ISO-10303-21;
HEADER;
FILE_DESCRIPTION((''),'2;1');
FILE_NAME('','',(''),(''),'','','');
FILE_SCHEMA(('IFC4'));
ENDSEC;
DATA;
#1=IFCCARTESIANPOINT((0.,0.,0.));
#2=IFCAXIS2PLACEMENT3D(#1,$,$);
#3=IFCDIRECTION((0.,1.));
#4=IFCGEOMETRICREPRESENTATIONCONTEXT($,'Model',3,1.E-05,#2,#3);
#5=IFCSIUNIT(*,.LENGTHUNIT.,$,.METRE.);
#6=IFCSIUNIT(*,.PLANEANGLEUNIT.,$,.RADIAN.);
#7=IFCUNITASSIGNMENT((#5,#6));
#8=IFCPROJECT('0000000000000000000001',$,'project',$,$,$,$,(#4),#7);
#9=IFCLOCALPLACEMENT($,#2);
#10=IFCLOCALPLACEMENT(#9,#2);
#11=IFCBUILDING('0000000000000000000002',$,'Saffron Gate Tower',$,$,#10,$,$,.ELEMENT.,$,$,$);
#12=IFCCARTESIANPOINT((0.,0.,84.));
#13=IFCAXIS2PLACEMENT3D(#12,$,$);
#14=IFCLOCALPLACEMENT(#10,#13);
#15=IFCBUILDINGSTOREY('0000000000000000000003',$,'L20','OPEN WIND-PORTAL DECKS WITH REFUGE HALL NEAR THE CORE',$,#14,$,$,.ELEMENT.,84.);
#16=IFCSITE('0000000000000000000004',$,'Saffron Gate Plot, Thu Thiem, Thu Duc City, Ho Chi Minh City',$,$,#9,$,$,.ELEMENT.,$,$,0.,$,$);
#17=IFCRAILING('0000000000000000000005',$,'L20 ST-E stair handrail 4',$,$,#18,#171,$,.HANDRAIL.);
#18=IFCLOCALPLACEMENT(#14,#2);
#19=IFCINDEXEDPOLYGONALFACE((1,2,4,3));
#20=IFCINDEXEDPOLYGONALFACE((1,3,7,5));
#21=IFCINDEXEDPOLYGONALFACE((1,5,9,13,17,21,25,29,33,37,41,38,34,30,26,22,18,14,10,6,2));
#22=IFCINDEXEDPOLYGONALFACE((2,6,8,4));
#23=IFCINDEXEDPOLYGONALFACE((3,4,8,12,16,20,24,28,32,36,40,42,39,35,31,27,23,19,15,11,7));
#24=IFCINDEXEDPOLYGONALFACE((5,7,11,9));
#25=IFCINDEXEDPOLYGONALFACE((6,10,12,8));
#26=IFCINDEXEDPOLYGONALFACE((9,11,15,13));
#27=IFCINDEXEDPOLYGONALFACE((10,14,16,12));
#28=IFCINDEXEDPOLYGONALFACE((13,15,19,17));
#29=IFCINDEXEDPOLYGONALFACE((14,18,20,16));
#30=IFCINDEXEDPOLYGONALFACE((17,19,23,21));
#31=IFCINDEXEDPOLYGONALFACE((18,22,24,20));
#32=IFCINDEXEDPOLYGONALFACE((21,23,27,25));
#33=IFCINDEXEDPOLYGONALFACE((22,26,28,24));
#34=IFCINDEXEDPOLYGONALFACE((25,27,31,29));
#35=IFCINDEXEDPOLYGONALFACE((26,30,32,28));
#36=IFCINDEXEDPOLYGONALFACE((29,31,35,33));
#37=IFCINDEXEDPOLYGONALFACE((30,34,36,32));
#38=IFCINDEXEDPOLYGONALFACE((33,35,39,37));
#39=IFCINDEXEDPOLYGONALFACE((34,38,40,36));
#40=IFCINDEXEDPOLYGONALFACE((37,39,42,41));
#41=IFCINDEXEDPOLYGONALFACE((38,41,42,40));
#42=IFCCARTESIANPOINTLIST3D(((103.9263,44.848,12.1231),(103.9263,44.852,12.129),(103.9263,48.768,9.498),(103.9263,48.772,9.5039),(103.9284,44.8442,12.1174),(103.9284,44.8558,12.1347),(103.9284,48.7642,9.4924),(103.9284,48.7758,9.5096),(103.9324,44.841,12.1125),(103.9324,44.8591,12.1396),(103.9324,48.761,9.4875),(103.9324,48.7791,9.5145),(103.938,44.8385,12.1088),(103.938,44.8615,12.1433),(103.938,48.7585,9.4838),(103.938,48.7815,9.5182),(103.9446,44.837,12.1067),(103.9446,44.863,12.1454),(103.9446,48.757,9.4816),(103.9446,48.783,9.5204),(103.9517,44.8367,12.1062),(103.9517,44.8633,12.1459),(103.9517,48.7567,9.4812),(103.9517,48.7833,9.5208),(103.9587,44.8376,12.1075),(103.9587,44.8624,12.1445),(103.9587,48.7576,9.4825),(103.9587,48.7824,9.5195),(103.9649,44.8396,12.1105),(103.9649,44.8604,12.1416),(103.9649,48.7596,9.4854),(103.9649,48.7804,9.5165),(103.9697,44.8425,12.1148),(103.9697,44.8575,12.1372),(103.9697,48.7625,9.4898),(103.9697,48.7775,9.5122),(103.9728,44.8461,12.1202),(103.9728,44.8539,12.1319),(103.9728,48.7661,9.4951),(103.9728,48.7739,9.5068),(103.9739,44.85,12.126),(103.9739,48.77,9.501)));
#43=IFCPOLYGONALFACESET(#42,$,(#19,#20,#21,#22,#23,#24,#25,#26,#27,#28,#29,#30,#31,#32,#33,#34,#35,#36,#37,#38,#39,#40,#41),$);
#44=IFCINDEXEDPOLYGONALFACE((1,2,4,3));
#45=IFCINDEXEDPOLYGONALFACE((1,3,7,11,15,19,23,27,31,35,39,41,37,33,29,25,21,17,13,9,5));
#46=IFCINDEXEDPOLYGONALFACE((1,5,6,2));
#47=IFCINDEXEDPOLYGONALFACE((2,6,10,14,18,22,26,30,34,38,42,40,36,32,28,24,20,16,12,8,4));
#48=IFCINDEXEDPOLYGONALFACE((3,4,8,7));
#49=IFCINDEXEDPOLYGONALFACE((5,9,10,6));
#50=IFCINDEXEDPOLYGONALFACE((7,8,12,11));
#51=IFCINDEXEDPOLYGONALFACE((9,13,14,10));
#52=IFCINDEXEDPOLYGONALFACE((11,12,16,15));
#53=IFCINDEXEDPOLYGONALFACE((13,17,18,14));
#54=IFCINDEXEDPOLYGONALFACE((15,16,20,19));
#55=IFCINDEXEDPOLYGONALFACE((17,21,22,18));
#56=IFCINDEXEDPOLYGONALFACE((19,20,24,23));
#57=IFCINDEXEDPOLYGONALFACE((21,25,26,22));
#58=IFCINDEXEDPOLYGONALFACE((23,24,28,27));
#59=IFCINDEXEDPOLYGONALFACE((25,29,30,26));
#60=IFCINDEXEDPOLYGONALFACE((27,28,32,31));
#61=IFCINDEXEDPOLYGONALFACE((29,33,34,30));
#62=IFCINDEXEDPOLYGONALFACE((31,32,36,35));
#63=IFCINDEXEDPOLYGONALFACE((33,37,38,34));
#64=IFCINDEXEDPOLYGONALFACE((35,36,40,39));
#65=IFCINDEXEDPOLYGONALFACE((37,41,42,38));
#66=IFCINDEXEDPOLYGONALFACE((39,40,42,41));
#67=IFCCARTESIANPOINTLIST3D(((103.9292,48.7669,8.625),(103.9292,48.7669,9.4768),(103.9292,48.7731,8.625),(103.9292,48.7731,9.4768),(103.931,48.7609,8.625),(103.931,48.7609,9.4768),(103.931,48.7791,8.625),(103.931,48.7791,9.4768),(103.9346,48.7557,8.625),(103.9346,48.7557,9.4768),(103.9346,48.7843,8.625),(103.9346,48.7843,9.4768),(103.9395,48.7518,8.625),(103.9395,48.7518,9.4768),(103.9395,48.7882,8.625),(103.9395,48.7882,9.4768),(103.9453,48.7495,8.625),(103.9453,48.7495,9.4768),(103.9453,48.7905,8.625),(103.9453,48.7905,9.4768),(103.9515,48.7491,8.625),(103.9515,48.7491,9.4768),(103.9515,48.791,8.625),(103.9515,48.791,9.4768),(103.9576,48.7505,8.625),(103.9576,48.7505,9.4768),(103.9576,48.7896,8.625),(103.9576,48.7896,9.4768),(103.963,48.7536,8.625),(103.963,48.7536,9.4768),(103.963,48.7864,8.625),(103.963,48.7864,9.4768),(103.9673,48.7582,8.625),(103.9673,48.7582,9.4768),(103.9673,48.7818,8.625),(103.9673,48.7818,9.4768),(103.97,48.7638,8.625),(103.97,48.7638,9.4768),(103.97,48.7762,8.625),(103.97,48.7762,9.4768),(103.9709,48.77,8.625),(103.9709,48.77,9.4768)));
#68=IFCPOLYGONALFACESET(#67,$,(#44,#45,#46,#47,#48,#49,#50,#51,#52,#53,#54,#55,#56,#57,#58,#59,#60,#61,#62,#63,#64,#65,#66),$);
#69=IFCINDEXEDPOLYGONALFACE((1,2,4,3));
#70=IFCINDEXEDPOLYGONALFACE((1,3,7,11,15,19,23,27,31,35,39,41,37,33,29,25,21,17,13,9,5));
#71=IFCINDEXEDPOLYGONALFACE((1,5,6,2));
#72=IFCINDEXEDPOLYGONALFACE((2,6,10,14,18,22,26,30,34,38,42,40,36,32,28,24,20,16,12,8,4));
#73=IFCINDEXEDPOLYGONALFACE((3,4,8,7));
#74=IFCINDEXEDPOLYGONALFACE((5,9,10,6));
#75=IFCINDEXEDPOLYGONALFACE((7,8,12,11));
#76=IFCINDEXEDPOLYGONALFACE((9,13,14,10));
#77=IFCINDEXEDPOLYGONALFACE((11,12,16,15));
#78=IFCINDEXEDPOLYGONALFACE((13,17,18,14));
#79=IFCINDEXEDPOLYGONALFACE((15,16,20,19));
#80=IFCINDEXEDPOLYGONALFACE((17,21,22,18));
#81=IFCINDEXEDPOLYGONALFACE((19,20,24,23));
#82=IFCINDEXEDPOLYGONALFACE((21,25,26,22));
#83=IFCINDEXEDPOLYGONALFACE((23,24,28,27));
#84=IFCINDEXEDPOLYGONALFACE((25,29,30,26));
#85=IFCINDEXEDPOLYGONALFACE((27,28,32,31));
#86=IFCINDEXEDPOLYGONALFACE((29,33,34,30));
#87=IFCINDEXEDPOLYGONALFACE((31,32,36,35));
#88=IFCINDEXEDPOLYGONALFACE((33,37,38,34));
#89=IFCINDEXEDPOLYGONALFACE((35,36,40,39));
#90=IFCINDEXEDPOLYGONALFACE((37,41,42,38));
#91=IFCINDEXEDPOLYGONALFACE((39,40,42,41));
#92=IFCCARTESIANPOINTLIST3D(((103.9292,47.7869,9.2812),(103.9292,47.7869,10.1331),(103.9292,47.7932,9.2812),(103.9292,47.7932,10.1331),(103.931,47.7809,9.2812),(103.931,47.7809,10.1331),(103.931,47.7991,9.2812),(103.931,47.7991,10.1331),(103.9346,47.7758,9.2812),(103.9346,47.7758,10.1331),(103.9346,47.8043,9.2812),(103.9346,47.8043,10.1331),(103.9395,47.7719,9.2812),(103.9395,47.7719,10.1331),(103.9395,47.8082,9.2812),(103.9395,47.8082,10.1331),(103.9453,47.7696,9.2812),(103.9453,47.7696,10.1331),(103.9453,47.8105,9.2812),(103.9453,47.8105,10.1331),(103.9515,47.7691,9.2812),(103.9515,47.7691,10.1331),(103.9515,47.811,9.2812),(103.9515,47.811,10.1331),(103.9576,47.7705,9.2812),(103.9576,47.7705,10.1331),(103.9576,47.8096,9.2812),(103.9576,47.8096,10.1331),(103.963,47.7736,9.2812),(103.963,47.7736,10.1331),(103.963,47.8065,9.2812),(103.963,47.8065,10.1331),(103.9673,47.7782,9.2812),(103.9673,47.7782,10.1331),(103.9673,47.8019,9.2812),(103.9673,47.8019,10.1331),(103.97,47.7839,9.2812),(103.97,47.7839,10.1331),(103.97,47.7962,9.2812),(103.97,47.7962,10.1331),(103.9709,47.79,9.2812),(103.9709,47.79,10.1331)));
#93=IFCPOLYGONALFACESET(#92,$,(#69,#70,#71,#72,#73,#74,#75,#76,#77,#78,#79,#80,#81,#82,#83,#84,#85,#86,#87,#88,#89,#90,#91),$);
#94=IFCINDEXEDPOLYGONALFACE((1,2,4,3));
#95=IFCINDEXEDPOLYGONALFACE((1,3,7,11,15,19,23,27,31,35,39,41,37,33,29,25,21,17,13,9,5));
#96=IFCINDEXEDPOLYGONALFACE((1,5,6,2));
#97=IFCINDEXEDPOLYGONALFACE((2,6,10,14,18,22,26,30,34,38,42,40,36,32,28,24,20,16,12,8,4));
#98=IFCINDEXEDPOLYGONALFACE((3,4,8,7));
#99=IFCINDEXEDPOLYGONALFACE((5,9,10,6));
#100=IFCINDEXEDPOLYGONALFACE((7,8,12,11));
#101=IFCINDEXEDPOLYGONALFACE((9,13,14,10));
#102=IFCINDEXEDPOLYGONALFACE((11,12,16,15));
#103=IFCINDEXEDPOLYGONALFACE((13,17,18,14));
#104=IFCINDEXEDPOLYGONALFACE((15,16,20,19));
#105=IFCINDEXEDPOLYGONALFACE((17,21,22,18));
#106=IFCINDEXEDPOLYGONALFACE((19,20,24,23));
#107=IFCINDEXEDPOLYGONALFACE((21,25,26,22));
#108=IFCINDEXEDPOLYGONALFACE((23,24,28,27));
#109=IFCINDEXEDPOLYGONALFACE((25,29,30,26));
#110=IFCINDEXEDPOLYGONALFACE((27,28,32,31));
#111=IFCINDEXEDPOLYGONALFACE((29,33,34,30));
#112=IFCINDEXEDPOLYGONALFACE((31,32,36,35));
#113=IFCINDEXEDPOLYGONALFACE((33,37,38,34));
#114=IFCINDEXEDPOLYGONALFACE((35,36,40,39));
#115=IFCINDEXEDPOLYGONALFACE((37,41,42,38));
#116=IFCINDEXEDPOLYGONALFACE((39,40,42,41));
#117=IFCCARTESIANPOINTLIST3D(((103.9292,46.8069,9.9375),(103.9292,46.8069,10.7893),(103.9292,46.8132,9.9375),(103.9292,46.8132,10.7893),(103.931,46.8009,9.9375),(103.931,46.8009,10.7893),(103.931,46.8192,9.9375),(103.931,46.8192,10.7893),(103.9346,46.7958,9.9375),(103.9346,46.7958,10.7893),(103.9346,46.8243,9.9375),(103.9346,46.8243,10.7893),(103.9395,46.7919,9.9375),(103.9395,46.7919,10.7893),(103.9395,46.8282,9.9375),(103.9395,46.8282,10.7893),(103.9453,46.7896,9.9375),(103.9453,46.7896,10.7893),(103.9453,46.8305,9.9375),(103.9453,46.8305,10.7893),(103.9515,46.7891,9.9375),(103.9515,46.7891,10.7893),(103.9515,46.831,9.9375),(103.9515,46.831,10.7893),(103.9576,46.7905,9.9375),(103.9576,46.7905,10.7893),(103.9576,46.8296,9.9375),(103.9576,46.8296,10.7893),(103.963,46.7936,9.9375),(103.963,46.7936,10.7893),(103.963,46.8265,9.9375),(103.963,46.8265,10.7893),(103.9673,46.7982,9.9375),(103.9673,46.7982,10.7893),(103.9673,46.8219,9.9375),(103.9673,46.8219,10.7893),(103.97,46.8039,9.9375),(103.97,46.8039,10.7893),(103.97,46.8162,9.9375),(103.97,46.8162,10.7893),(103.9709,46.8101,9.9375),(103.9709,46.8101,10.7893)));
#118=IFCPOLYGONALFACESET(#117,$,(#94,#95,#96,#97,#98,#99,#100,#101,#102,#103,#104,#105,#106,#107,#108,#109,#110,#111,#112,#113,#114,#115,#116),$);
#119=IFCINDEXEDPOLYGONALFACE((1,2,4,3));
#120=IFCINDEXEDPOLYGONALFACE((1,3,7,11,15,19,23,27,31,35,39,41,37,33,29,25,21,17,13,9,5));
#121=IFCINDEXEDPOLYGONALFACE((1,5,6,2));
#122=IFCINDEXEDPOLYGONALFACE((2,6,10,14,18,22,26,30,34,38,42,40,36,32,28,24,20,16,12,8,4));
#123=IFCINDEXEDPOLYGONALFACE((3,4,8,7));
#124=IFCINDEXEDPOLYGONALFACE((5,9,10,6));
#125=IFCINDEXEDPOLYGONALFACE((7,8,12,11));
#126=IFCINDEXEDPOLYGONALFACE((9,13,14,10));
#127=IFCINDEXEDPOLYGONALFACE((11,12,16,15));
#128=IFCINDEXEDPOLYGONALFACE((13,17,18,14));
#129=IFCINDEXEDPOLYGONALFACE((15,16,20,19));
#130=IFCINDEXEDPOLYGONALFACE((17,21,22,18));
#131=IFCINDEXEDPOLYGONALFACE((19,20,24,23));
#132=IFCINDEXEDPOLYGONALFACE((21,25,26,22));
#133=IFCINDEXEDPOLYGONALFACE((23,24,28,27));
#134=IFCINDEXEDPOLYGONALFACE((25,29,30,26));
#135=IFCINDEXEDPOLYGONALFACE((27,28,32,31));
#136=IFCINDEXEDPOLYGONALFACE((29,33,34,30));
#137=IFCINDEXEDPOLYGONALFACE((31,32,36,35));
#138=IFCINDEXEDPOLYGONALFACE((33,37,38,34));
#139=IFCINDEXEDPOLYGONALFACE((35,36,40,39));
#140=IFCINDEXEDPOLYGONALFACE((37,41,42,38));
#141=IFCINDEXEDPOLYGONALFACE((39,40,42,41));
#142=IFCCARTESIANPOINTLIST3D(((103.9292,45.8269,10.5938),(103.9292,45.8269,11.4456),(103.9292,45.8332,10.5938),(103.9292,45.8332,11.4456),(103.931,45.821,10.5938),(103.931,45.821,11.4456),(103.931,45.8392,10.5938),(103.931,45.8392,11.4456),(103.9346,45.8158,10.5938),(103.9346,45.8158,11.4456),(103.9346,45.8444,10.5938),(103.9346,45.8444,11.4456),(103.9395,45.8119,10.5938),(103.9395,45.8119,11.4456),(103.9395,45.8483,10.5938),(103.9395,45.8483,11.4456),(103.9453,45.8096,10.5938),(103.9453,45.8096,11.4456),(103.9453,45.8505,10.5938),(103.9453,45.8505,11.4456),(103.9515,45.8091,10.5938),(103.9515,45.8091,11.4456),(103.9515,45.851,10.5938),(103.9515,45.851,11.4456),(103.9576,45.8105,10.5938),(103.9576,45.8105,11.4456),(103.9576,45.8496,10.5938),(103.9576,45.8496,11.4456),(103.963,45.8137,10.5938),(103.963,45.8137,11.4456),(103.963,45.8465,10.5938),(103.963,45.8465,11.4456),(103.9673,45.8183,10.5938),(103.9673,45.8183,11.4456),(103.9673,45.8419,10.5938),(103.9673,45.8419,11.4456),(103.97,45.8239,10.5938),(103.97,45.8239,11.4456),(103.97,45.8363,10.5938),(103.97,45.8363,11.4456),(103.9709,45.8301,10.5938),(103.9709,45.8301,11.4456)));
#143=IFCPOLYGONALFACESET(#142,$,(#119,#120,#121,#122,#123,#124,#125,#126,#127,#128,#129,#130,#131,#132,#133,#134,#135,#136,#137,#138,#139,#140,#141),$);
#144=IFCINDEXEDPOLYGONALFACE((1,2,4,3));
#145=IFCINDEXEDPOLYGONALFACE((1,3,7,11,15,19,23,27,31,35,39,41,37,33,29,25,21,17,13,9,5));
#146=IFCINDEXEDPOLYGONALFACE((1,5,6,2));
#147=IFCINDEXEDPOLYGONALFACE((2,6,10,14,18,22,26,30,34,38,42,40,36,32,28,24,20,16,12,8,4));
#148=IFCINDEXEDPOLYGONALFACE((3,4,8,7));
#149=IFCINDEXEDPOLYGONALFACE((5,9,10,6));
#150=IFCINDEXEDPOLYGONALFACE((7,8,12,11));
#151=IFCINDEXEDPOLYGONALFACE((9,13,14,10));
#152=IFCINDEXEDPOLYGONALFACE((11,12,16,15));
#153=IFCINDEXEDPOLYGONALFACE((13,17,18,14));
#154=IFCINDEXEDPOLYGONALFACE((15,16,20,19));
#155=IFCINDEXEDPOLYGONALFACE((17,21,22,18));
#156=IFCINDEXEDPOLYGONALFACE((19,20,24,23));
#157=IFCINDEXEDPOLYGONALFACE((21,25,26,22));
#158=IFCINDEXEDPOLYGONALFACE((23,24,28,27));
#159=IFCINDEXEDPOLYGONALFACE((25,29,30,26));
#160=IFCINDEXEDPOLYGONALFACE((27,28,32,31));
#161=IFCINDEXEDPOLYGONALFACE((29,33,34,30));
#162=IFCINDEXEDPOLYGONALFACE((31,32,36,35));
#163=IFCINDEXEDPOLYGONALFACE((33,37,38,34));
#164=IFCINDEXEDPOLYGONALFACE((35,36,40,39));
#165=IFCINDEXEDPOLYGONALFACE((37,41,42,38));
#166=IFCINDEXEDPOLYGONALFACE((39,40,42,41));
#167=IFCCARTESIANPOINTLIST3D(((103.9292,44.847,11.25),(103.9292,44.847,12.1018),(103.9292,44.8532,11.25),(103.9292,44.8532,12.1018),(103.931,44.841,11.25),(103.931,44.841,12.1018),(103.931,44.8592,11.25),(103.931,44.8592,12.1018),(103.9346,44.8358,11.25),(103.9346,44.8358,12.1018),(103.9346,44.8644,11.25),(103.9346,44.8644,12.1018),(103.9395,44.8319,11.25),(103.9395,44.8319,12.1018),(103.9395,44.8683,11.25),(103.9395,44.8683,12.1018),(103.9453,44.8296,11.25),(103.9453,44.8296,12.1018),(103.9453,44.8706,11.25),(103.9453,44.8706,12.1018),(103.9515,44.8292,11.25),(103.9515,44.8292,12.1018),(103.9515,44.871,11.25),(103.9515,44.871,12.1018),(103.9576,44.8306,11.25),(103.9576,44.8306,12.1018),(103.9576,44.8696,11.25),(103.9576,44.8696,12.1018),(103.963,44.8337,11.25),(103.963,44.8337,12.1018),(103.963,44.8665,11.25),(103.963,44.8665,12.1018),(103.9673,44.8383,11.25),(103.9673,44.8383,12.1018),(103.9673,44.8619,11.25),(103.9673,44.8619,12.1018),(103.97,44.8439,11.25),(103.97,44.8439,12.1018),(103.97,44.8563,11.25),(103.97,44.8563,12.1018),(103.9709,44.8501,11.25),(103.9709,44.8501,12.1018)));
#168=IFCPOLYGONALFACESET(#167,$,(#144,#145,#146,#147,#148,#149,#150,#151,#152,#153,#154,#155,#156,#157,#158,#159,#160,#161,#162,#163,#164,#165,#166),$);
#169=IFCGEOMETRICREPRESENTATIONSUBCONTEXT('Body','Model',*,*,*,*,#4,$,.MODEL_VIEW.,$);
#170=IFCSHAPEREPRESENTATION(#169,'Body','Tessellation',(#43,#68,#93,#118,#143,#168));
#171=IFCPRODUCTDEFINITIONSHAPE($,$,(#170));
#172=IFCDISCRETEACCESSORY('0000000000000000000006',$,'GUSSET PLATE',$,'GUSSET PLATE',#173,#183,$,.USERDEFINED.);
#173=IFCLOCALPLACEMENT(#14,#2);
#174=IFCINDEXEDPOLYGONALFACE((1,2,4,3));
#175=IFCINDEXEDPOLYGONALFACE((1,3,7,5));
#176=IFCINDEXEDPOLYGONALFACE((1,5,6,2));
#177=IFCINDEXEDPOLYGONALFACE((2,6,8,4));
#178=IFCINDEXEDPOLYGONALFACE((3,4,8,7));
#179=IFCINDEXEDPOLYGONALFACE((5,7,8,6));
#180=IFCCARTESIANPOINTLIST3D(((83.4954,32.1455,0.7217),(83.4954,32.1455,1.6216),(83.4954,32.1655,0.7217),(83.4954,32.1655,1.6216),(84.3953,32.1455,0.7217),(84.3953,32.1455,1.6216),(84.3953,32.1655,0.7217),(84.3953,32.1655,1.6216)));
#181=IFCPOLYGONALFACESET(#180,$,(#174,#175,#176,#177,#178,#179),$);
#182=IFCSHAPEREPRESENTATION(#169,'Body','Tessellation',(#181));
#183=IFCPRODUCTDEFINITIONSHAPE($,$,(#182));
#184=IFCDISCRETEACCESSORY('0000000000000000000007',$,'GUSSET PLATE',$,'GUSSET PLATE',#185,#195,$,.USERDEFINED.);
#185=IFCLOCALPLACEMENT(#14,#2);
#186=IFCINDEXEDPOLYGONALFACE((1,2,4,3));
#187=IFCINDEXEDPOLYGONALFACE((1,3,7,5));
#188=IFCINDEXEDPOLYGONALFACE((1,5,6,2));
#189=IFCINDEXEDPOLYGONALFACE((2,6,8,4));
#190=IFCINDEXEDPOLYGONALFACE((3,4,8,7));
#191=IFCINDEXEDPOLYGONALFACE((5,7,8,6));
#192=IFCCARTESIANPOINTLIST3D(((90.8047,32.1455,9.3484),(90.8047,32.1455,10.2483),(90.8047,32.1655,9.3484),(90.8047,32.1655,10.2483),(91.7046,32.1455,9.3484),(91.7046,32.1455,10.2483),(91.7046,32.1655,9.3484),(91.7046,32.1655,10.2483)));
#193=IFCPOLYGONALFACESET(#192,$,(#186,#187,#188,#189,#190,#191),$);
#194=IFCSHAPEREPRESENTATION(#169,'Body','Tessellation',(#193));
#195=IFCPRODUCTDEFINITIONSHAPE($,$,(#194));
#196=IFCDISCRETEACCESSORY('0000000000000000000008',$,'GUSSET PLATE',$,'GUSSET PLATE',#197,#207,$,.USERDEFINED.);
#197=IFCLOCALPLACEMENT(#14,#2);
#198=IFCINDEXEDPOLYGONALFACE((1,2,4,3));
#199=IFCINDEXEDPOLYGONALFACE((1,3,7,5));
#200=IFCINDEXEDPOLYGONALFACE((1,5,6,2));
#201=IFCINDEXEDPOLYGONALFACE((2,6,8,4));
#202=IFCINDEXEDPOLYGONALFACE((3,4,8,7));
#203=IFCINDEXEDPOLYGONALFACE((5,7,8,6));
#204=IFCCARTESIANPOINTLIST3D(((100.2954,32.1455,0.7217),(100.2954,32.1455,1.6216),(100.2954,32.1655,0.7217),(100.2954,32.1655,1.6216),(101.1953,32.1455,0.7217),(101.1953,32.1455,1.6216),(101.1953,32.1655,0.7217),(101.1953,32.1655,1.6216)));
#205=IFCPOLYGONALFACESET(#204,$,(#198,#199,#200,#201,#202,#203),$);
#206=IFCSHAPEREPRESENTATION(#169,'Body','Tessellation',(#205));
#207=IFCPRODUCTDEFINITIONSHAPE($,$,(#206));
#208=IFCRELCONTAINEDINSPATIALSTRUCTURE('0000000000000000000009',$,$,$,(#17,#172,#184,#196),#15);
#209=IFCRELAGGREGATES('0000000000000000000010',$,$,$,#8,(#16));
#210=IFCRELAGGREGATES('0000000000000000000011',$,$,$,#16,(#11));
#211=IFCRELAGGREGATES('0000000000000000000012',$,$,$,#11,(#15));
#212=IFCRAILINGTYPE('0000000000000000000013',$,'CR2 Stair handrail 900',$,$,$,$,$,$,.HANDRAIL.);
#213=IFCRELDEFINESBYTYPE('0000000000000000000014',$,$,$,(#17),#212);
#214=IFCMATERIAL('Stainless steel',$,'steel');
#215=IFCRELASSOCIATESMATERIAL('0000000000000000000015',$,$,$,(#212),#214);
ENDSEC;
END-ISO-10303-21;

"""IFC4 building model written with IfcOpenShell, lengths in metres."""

from ifc_helpers import new_model, si_unit, direction, frame, origin, origin_2d, place, context, subcontext, project, spatial, rectangle, circle, extrude, material, type_object, element, save


model = new_model("IFC4")

# Units and contexts
model_context = context("Model", 3, precision=1e-05, world=origin(), true_north=direction((0.0, 1.0)))
body_context = subcontext(model_context, "Body", "Model", "MODEL_VIEW")
ifc_project = project(units=[si_unit("LENGTHUNIT", "METRE"), si_unit("PLANEANGLEUNIT", "RADIAN")], contexts=[model_context])

# Site, building, storey
site_placement = place(None, origin())
site = spatial("IfcSite", under=ifc_project, at=site_placement, Name="Saffron Gate Plot, Thu Thiem, Thu Duc City, Ho Chi Minh City", CompositionType="ELEMENT", RefElevation=0.0)
building_placement = place(site_placement, origin())
building = spatial("IfcBuilding", under=site, at=building_placement, Name="Saffron Gate Tower", CompositionType="ELEMENT")
storey_placement = place(building_placement, frame((0.0, 0.0, 84.0)))
storey = spatial("IfcBuildingStorey", under=building, at=storey_placement, Name="L20", Description="OPEN WIND-PORTAL DECKS WITH REFUGE HALL NEAR THE CORE", CompositionType="ELEMENT", Elevation=84.0)

# Railing
ifc_material_1 = material(Name="Stainless steel", Category="steel")
railing_type_1 = type_object("IfcRailingType", Name="CR2 Stair handrail 900", PredefinedType="HANDRAIL", material=ifc_material_1)
railing_1_placement = place(storey_placement, frame((103.95, 48.77, 8.625)))
element("IfcRailing", 1, at=railing_1_placement, inside=storey, type_object=railing_type_1, Name="L20 ST-E stair handrail 4", PredefinedType="HANDRAIL", context=body_context, shape_type="SweptSolid", body=[
    extrude(circle(Radius=0.0239, at=origin_2d()), frame((0.0, 0.0, 0.876), z_axis=(0.0, -0.830902, 0.556419), x_axis=(1.0, 0.0, 0.0)), (0.0, 0.0, 1.0), 4.7178),
    extrude(circle(Radius=0.021, at=origin_2d()), origin(), (0.0, 0.0, 1.0), 0.8518),
    extrude(circle(Radius=0.021, at=origin_2d()), frame((0.0, -0.98, 0.6562)), (0.0, 0.0, 1.0), 0.8518),
    extrude(circle(Radius=0.021, at=origin_2d()), frame((0.0, -1.96, 1.3125)), (0.0, 0.0, 1.0), 0.8518),
    extrude(circle(Radius=0.021, at=origin_2d()), frame((0.0, -2.9399, 1.9688)), (0.0, 0.0, 1.0), 0.8518),
    extrude(circle(Radius=0.021, at=origin_2d()), frame((0.0, -3.9199, 2.625)), (0.0, 0.0, 1.0), 0.8518),
])

# Discrete accessories
for number, where, z_axis, x_axis, name in (
    (2, (83.9453, 32.1555, 0.7217), (0.0, 0.0, 1.0), (1.0, 0.0, 0.0), "GUSSET PLATE"),
    (3, (91.2546, 32.1555, 9.3484), (0.0, 0.0, 1.0), (1.0, 0.0, 0.0), "GUSSET PLATE"),
    (4, (100.7454, 32.1555, 0.7217), (0.0, 0.0, 1.0), (1.0, 0.0, 0.0), "GUSSET PLATE"),
):
    element("IfcDiscreteAccessory", number, at=place(storey_placement, frame(where, z_axis=z_axis, x_axis=x_axis)), inside=storey, Name=name, ObjectType="GUSSET PLATE", PredefinedType="USERDEFINED", context=body_context, shape_type="SweptSolid", body=[
        extrude(rectangle(XDim=0.8999, YDim=0.02, at=origin_2d()), origin(), (0.0, 0.0, 1.0), 0.8999),
    ])

save(model, "model.ifc")
